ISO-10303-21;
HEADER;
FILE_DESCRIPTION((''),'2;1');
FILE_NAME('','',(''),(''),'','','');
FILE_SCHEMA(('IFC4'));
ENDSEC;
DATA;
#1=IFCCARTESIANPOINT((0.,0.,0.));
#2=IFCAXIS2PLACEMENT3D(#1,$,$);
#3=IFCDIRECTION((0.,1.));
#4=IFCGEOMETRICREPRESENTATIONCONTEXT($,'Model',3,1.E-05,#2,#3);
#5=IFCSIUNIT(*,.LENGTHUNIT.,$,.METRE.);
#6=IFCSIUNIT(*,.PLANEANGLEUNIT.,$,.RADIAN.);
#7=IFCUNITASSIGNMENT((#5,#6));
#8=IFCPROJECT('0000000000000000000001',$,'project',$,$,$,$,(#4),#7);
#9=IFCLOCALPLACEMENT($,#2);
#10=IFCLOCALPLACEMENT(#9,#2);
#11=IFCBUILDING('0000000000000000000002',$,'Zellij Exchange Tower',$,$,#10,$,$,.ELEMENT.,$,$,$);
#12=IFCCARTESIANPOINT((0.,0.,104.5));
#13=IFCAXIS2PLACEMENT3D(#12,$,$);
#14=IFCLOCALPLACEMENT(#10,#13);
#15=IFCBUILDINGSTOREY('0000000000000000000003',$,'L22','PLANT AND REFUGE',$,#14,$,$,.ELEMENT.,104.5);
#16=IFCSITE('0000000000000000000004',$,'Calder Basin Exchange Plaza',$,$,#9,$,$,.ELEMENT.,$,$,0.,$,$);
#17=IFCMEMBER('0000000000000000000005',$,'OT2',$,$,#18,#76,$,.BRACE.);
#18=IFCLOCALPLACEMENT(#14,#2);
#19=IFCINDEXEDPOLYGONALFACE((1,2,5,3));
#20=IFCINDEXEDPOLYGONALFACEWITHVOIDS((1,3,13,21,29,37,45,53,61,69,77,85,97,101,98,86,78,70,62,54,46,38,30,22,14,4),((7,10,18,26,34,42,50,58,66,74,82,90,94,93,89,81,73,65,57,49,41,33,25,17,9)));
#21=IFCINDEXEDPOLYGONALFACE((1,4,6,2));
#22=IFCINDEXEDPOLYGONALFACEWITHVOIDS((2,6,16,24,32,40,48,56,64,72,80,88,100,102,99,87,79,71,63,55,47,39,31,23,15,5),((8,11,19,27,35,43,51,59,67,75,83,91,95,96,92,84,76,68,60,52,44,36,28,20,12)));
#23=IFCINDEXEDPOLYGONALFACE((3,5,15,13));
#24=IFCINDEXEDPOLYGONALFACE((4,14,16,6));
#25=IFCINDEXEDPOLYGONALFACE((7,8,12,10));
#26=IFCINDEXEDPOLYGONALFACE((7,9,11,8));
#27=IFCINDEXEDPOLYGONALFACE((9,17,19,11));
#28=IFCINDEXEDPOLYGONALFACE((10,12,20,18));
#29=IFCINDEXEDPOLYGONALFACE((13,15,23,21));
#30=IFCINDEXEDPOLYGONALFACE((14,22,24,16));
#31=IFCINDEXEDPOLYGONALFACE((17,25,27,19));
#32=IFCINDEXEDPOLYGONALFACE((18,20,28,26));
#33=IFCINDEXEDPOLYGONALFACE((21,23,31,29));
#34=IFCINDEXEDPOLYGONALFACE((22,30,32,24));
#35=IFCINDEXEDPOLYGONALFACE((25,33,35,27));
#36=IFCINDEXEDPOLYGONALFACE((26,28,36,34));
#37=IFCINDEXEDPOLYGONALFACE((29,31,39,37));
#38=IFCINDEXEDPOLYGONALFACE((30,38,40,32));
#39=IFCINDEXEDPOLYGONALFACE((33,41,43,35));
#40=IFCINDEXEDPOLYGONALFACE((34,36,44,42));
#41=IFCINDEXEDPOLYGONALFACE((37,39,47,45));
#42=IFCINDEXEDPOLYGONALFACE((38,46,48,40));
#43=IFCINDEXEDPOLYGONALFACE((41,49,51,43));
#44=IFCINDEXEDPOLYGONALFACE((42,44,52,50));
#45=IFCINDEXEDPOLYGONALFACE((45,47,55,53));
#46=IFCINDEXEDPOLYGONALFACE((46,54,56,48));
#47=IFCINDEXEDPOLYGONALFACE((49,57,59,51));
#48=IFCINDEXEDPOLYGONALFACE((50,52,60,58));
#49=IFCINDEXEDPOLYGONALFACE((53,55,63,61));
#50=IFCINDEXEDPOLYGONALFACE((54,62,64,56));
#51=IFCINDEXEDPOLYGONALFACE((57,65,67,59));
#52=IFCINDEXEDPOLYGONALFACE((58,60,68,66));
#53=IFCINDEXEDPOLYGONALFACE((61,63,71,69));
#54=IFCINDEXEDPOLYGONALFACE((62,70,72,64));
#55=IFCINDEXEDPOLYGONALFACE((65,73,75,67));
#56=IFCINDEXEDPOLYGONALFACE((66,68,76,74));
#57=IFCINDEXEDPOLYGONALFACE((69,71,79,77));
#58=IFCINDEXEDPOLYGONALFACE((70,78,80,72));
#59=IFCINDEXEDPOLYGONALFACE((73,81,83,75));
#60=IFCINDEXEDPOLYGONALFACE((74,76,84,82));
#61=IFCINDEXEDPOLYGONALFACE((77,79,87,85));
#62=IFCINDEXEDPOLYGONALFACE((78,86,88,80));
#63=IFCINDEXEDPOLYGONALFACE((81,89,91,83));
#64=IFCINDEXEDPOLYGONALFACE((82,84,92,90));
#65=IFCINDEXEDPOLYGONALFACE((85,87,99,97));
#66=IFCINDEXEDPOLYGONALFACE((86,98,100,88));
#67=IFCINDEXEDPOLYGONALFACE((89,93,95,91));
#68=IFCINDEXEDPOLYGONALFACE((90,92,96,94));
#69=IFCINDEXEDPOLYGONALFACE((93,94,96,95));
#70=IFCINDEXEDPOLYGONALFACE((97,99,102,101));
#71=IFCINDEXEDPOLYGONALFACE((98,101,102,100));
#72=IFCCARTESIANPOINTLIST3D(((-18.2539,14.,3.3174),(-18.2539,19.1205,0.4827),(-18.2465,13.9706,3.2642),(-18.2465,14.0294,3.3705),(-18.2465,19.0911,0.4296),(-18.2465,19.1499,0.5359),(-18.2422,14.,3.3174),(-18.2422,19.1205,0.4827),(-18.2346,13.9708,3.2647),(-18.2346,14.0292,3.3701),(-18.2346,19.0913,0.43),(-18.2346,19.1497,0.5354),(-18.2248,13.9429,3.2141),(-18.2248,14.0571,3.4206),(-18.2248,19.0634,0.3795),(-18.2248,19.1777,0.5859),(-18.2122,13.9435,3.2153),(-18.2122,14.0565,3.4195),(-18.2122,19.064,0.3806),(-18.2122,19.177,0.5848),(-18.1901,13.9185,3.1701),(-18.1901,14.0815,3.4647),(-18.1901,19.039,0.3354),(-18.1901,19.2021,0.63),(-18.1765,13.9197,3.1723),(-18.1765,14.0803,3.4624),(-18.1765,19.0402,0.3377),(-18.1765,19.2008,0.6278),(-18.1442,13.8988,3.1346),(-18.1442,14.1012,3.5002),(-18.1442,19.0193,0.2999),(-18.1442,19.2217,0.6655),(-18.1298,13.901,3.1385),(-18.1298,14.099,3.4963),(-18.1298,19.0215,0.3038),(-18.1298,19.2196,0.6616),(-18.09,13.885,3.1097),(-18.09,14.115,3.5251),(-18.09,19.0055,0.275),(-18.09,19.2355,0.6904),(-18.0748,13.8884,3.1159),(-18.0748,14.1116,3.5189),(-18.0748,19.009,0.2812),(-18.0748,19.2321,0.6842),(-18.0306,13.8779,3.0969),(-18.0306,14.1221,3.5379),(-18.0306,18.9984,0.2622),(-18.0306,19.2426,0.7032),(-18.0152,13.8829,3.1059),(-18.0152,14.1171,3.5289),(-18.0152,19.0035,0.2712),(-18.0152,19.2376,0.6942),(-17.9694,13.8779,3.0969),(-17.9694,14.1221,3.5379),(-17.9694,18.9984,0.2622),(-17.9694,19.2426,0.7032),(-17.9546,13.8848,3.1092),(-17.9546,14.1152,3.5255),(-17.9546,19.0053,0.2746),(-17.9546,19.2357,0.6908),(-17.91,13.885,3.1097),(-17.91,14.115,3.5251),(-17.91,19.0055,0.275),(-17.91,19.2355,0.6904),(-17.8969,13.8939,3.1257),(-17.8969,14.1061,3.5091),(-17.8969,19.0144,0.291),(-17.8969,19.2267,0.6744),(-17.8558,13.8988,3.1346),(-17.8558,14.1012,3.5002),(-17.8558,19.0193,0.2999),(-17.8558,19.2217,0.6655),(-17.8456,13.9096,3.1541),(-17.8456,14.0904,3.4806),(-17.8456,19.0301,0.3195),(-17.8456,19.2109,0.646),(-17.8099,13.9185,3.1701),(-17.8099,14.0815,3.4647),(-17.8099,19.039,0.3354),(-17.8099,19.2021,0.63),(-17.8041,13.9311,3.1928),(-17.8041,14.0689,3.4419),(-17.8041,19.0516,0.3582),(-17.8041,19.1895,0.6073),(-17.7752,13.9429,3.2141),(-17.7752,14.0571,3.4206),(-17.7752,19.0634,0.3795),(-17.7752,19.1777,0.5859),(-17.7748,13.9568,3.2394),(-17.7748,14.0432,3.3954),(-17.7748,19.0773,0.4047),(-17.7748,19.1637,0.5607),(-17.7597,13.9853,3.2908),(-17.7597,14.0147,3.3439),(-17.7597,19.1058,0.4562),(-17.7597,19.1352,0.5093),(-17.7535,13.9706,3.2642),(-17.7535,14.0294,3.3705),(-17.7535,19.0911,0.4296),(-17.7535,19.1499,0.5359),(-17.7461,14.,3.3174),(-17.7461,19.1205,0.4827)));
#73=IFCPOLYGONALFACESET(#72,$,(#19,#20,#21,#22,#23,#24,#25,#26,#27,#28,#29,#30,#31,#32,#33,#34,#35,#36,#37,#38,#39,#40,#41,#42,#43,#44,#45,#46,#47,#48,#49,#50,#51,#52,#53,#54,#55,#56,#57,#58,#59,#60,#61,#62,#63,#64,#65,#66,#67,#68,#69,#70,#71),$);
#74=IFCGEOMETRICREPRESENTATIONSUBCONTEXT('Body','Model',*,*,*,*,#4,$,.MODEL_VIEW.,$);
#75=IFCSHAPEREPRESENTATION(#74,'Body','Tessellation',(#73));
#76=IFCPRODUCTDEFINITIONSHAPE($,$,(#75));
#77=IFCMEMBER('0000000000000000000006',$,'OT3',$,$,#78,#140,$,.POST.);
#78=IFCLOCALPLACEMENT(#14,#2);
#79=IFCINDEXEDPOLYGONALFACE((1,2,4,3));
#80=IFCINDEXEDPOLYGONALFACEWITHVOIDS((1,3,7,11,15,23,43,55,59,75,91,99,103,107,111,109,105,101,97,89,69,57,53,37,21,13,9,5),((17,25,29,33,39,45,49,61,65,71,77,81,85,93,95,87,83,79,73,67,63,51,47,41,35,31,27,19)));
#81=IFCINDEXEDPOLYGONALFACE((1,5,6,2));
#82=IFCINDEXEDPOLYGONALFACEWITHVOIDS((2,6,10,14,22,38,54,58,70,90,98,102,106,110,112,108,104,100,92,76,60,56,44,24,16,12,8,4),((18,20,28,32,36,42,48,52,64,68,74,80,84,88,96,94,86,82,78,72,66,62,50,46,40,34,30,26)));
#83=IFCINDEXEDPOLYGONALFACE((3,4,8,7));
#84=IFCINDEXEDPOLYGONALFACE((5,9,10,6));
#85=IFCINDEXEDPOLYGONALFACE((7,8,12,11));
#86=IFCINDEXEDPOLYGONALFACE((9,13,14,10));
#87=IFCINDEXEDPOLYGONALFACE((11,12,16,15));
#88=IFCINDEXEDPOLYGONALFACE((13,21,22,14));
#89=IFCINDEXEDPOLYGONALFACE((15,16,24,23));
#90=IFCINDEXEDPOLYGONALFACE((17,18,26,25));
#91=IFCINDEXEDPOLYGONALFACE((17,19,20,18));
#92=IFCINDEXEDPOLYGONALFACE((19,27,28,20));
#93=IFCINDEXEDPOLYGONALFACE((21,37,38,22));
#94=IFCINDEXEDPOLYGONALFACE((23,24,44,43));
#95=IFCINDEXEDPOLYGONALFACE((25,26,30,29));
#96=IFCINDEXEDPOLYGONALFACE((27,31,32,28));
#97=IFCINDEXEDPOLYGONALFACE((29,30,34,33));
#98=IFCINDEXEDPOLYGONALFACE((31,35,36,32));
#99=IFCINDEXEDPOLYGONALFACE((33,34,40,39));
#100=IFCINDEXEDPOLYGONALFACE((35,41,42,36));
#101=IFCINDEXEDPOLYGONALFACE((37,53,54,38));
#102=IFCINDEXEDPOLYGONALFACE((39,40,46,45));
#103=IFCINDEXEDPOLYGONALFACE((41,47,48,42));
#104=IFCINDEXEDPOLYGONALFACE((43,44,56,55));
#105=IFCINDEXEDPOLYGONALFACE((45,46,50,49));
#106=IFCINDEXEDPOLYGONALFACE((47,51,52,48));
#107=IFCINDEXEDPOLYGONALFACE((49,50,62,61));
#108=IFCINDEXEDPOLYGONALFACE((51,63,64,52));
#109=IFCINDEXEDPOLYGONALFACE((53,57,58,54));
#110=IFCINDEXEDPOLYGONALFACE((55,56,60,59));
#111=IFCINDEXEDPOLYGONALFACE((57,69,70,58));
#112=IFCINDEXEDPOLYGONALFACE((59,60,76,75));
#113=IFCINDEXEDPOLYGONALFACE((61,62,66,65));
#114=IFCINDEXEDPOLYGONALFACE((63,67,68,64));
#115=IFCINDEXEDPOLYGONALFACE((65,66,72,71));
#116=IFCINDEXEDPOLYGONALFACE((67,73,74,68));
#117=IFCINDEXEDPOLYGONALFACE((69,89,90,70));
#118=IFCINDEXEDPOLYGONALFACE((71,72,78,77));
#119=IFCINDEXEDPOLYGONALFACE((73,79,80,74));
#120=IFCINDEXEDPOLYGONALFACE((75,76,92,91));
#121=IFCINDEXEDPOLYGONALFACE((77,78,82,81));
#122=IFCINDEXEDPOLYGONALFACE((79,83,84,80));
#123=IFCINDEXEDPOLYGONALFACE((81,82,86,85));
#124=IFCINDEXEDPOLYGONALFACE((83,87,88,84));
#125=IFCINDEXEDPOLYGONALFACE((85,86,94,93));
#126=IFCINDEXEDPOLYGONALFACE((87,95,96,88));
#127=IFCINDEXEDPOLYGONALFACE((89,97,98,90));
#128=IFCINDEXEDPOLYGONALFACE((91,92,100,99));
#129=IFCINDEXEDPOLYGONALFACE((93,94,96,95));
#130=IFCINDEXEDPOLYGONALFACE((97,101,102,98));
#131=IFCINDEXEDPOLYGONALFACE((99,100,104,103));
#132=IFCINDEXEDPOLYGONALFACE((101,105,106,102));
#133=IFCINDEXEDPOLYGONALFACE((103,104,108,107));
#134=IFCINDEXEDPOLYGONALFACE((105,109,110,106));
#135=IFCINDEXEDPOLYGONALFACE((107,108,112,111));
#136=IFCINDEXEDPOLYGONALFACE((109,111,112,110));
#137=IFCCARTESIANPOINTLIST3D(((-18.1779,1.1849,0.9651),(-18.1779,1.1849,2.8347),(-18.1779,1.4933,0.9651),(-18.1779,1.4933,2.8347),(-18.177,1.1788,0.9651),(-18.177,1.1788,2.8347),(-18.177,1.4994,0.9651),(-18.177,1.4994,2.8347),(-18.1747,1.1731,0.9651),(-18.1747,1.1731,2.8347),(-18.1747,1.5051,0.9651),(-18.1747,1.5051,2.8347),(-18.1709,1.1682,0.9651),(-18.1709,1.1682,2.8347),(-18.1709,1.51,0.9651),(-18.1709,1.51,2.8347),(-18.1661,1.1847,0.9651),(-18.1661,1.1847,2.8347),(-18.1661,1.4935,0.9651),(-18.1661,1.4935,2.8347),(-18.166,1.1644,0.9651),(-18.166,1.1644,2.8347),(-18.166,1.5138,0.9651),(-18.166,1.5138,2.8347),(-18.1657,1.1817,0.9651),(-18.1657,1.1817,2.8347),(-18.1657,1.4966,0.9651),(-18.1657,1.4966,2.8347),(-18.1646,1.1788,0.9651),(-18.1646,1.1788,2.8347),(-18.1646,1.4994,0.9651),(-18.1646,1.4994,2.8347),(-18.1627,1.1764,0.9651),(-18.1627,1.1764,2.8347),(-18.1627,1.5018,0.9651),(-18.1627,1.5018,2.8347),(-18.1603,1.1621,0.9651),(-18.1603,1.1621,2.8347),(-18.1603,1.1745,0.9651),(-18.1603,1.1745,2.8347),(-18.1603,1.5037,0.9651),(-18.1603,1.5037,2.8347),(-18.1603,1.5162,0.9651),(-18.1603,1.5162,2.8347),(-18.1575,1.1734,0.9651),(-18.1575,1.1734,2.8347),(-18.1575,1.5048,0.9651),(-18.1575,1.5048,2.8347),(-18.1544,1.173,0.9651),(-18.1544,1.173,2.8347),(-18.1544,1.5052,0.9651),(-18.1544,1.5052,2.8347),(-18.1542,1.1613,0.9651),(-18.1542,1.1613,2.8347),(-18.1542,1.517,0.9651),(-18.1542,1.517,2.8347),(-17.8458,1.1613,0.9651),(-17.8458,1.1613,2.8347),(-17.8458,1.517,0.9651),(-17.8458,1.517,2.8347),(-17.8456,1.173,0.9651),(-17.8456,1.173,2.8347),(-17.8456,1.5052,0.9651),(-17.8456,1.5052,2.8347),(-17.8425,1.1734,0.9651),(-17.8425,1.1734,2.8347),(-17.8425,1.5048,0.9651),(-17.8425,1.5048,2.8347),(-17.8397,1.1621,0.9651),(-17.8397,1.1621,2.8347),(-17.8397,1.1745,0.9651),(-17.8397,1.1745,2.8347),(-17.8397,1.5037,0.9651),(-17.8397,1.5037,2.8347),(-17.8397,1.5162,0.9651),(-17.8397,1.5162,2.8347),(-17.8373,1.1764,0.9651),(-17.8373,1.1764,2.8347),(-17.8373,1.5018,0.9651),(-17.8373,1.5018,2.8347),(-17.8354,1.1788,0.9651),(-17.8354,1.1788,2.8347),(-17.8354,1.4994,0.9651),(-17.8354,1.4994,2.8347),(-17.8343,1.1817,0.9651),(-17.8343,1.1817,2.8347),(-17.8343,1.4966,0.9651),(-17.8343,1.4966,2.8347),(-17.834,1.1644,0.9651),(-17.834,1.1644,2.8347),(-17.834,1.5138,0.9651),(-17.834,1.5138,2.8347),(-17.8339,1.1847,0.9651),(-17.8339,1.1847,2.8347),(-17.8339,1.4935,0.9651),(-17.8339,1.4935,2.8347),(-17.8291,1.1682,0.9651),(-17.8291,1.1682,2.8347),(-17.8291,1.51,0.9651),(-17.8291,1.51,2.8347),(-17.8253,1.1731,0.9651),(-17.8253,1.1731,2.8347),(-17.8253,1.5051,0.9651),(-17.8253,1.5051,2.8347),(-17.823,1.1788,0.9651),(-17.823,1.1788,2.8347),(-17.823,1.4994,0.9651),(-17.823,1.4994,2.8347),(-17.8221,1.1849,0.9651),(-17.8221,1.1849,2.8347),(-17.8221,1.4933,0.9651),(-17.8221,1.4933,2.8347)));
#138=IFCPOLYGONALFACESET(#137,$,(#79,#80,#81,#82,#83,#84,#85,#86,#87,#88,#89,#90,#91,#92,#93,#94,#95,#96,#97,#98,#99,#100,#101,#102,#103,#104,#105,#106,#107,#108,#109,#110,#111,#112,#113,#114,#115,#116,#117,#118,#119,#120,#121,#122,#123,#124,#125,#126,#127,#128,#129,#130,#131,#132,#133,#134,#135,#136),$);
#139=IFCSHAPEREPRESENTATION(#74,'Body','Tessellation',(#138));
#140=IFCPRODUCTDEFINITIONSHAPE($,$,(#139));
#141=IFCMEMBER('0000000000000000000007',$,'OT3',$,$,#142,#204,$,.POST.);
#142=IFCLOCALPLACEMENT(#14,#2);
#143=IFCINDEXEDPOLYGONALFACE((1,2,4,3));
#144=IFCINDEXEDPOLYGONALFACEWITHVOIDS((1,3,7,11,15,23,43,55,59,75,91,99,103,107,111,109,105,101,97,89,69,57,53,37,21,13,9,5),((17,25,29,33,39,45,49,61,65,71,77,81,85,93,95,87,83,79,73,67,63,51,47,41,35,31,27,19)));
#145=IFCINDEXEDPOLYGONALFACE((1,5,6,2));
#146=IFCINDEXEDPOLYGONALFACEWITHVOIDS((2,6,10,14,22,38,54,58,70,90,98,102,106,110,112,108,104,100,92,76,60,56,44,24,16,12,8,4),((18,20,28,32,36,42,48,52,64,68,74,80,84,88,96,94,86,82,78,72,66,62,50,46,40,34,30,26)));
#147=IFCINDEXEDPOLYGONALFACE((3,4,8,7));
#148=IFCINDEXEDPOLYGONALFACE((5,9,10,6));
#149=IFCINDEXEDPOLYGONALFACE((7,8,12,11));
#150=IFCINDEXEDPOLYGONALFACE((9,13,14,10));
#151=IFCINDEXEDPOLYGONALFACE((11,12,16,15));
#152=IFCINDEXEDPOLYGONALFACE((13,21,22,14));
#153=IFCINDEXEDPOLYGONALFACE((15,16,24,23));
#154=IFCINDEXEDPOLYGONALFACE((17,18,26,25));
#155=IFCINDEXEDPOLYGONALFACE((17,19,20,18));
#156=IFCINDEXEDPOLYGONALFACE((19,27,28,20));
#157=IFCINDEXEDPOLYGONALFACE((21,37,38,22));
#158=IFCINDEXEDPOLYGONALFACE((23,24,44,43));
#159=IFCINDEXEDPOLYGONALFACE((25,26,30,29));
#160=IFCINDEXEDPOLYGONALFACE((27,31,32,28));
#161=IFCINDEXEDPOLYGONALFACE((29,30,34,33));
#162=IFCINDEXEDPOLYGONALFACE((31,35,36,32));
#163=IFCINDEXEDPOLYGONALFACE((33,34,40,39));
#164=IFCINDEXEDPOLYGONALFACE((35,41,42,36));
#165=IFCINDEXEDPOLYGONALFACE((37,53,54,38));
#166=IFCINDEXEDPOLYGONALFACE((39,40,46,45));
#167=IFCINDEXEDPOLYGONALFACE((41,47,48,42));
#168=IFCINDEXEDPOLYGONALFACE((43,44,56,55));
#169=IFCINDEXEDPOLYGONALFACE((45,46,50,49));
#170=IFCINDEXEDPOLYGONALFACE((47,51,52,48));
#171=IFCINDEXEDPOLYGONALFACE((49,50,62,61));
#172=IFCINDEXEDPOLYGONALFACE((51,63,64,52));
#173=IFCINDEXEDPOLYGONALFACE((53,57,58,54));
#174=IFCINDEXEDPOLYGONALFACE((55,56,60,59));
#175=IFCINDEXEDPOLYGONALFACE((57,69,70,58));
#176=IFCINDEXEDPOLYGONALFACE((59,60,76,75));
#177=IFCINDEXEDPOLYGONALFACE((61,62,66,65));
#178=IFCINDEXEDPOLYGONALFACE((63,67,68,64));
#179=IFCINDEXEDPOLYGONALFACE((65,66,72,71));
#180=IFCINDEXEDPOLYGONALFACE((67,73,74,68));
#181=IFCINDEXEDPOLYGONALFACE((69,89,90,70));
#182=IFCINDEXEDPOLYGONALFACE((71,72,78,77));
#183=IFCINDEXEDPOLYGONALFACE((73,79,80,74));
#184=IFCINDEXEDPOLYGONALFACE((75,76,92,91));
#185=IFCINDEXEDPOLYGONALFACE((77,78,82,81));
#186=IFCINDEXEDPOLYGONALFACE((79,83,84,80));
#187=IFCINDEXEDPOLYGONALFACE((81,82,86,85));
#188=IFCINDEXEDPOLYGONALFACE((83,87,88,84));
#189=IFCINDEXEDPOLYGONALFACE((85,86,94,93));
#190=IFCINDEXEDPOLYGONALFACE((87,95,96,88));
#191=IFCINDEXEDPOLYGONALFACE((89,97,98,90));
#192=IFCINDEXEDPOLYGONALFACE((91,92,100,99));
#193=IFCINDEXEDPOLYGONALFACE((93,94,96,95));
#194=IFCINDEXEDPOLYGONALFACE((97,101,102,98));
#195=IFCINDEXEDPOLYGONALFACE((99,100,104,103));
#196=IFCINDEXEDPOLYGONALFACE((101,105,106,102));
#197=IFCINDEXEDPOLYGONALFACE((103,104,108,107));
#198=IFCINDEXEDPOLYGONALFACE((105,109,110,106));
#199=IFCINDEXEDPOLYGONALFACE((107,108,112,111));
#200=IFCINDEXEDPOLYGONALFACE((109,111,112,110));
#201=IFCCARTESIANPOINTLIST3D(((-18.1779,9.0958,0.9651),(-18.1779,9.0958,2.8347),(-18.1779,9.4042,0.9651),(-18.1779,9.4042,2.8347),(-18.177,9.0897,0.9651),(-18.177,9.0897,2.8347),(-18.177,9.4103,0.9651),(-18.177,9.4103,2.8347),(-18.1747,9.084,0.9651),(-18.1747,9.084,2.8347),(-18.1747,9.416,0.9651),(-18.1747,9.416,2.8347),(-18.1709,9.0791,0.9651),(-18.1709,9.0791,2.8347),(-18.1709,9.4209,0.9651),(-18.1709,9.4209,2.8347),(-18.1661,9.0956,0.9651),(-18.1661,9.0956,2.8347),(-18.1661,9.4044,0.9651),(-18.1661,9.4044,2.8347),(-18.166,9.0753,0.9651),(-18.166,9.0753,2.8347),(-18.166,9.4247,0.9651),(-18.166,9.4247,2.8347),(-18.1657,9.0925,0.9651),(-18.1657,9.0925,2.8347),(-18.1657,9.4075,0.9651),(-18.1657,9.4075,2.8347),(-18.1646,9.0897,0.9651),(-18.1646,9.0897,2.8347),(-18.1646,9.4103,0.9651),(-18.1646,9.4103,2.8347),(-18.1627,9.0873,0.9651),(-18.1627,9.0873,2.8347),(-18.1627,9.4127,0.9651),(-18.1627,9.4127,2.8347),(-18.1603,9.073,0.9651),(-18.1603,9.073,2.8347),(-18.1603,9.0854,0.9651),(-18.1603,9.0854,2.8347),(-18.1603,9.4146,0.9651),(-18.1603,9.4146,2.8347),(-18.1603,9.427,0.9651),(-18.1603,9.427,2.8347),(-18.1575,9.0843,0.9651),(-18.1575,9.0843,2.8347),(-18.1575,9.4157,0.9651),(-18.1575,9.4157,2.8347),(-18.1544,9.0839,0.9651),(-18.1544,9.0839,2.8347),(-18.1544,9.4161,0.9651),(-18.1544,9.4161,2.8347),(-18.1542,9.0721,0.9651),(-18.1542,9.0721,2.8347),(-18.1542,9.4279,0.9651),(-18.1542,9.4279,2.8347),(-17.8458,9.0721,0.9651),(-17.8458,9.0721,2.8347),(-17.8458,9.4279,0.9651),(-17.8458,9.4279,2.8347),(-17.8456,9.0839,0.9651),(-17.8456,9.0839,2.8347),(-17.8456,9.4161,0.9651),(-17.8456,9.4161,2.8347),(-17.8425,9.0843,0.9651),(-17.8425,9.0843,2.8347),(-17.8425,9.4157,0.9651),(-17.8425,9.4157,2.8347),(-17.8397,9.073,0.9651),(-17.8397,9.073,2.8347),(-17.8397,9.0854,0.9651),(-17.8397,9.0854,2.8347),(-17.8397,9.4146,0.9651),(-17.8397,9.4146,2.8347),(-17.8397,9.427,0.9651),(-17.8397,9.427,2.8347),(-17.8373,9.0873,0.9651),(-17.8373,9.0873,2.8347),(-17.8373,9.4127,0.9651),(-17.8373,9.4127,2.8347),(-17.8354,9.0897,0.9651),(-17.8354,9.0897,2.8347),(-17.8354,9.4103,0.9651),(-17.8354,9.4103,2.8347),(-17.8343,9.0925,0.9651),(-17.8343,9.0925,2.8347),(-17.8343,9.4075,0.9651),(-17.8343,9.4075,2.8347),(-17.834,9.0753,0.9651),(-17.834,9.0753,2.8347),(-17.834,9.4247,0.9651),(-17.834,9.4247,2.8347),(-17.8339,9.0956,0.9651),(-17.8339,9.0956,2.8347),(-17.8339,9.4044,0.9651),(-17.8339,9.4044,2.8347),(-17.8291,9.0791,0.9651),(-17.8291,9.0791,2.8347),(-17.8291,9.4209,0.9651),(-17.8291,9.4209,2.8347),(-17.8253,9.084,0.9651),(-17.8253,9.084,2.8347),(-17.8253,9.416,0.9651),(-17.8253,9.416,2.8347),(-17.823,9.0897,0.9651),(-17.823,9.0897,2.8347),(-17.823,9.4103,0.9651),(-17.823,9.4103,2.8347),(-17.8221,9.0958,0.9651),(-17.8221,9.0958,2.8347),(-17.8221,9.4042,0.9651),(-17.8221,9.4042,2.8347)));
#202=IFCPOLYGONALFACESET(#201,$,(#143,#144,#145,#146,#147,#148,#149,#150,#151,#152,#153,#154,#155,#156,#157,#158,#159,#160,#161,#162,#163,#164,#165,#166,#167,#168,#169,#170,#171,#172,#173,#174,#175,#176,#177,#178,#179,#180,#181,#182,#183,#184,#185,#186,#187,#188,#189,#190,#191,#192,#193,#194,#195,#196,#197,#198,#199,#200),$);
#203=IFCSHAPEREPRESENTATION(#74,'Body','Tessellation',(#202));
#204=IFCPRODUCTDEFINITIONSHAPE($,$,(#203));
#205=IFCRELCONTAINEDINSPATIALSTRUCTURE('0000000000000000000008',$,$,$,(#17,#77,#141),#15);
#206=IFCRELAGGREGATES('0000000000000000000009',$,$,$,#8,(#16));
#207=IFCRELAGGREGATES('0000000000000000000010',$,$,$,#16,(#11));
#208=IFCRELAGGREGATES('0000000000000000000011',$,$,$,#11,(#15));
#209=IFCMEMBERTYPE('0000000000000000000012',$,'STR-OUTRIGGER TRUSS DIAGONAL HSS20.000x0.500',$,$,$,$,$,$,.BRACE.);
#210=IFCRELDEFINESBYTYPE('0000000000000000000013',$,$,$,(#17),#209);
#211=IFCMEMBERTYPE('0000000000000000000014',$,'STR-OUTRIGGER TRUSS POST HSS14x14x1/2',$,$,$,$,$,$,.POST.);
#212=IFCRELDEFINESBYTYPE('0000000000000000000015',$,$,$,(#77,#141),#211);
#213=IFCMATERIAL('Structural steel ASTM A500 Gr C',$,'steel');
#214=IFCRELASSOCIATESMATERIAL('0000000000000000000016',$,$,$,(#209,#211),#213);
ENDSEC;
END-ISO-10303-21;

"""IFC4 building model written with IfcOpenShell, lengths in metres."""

from ifc_helpers import new_model, si_unit, direction, frame, origin, origin_2d, place, context, subcontext, project, spatial, hollow_rectangle, hollow_circle, extrude, material, material_profile, profile_set, type_object, element, save


model = new_model("IFC4")

# Units and contexts
model_context = context("Model", 3, precision=1e-05, world=origin(), true_north=direction((0.0, 1.0)))
body_context = subcontext(model_context, "Body", "Model", "MODEL_VIEW")
ifc_project = project(units=[si_unit("LENGTHUNIT", "METRE"), si_unit("PLANEANGLEUNIT", "RADIAN")], contexts=[model_context])

# Site, building, storey
site_placement = place(None, origin())
site = spatial("IfcSite", under=ifc_project, at=site_placement, Name="Calder Basin Exchange Plaza", CompositionType="ELEMENT", RefElevation=0.0)
building_placement = place(site_placement, origin())
building = spatial("IfcBuilding", under=site, at=building_placement, Name="Zellij Exchange Tower", CompositionType="ELEMENT")
storey_placement = place(building_placement, frame((0.0, 0.0, 104.5)))
storey = spatial("IfcBuildingStorey", under=building, at=storey_placement, Name="L22", Description="PLANT AND REFUGE", CompositionType="ELEMENT", Elevation=104.5)

# Members
ifc_material_1 = material(Name="Structural steel ASTM A500 Gr C", Category="steel")
ifc_material_profile_1 = material_profile(ifc_material_1, hollow_circle(Radius=0.2539, WallThickness=0.0117, at=origin_2d()), Name="STR-OUTRIGGER TRUSS DIAGONAL HSS20.000x0.500")
ifc_profile_set_1 = profile_set([ifc_material_profile_1], Name="Structural steel ASTM A500 Gr C")
member_type_1 = type_object("IfcMemberType", Name="STR-OUTRIGGER TRUSS DIAGONAL HSS20.000x0.500", PredefinedType="BRACE", material=ifc_profile_set_1)
member_1_placement = place(storey_placement, frame((-18.0, 14.0, 3.3174), z_axis=(0.0, 0.874886, -0.484328), x_axis=(-1.0, 0.0, 0.0)))
element("IfcMember", 1, at=member_1_placement, inside=storey, type_object=member_type_1, Name="OT2", PredefinedType="BRACE", context=body_context, shape_type="SweptSolid", body=[
    extrude(hollow_circle(Radius=0.2539, WallThickness=0.0117, at=origin_2d()), origin(), (0.0, 0.0, 1.0), 5.8528),
])
ifc_material_profile_2 = material_profile(ifc_material_1, hollow_rectangle(XDim=0.3557, YDim=0.3557, WallThickness=0.0117, InnerFilletRadius=0.0117, OuterFilletRadius=0.0237, at=origin_2d()), Name="STR-OUTRIGGER TRUSS POST HSS14x14x1/2")
ifc_profile_set_2 = profile_set([ifc_material_profile_2], Name="Structural steel ASTM A500 Gr C")
member_type_2 = type_object("IfcMemberType", Name="STR-OUTRIGGER TRUSS POST HSS14x14x1/2", PredefinedType="POST", material=ifc_profile_set_2)
for number, where, z_axis, x_axis, name in (
    (2, (-18.0, 1.3391, 0.9651), (0.0, 0.0, 1.0), (1.0, 0.0, 0.0), "OT3"),
    (3, (-18.0, 9.25, 0.9651), (0.0, 0.0, 1.0), (1.0, 0.0, 0.0), "OT3"),
):
    element("IfcMember", number, at=place(storey_placement, frame(where, z_axis=z_axis, x_axis=x_axis)), inside=storey, type_object=member_type_2, Name=name, PredefinedType="POST", context=body_context, shape_type="SweptSolid", body=[
        extrude(hollow_rectangle(XDim=0.3557, YDim=0.3557, WallThickness=0.0117, InnerFilletRadius=0.0117, OuterFilletRadius=0.0237, at=origin_2d()), origin(), (0.0, 0.0, 1.0), 1.8696),
    ])

save(model, "model.ifc")
